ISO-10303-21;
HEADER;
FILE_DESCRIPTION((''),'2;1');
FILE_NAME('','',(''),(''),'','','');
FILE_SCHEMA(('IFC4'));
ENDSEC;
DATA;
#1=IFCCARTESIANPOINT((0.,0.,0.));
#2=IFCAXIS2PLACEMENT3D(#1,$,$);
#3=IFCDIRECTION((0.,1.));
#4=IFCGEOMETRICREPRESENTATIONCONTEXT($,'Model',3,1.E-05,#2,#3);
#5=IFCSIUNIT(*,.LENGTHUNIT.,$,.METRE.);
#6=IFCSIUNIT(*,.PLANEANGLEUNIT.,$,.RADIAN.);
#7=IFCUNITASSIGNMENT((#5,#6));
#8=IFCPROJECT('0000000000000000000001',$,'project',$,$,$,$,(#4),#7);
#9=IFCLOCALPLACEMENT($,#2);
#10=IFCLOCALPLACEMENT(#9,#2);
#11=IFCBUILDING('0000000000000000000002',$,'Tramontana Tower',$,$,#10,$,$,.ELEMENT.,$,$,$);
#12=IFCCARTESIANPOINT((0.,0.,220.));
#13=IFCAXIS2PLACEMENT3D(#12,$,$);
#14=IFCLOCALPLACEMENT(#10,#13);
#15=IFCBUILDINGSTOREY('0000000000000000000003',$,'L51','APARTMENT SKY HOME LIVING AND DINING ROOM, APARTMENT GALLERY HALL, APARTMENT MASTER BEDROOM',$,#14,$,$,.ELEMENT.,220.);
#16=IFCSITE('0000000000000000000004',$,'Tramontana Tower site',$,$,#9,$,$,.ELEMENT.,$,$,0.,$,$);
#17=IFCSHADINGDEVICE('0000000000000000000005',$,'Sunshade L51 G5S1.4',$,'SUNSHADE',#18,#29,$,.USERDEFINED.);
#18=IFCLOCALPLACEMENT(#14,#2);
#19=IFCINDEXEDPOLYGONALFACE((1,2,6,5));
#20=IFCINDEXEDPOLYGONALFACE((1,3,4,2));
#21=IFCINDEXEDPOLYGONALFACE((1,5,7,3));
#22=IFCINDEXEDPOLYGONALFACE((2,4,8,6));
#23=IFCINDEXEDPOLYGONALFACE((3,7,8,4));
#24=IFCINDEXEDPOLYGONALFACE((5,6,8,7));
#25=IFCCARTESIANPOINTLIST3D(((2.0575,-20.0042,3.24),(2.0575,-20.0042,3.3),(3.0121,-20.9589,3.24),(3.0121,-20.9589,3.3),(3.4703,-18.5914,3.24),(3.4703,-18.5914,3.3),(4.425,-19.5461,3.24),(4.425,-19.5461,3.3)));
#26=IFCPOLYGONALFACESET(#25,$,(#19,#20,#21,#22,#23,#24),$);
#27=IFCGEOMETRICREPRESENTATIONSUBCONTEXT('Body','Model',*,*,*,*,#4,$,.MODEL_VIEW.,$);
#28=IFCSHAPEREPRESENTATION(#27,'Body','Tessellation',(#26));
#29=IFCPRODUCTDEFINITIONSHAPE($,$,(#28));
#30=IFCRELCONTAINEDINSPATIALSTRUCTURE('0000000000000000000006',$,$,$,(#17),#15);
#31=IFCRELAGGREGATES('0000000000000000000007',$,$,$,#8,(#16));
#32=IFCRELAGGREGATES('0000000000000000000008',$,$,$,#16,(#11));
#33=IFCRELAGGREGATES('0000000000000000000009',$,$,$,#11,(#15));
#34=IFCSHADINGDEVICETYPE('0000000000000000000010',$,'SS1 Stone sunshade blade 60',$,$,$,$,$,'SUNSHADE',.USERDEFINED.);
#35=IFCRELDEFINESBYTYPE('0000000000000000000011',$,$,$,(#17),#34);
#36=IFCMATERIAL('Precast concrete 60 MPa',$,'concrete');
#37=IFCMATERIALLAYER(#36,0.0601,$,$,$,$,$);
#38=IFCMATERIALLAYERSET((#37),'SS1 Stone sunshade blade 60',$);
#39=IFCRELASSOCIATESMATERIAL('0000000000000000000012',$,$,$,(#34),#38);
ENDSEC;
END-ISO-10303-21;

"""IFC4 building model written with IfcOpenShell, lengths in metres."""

from ifc_helpers import new_model, si_unit, direction, frame, origin, origin_2d, place, context, subcontext, project, spatial, rectangle, extrude, material, layer, layer_set, type_object, element, save


model = new_model("IFC4")

# Units and contexts
model_context = context("Model", 3, precision=1e-05, world=origin(), true_north=direction((0.0, 1.0)))
body_context = subcontext(model_context, "Body", "Model", "MODEL_VIEW")
ifc_project = project(units=[si_unit("LENGTHUNIT", "METRE"), si_unit("PLANEANGLEUNIT", "RADIAN")], contexts=[model_context])

# Site, building, storey
site_placement = place(None, origin())
site = spatial("IfcSite", under=ifc_project, at=site_placement, Name="Tramontana Tower site", CompositionType="ELEMENT", RefElevation=0.0)
building_placement = place(site_placement, origin())
building = spatial("IfcBuilding", under=site, at=building_placement, Name="Tramontana Tower", CompositionType="ELEMENT")
storey_placement = place(building_placement, frame((0.0, 0.0, 220.0)))
storey = spatial("IfcBuildingStorey", under=building, at=storey_placement, Name="L51", Description="APARTMENT SKY HOME LIVING AND DINING ROOM, APARTMENT GALLERY HALL, APARTMENT MASTER BEDROOM", CompositionType="ELEMENT", Elevation=220.0)

# Shading device
ifc_material_1 = material(Name="Precast concrete 60 MPa", Category="concrete")
ifc_layer_1 = layer(ifc_material_1, 0.0601)
ifc_layer_set_1 = layer_set([ifc_layer_1], Name="SS1 Stone sunshade blade 60")
shading_device_type = type_object("IfcShadingDeviceType", Name="SS1 Stone sunshade blade 60", ElementType="SUNSHADE", PredefinedType="USERDEFINED", material=ifc_layer_set_1)
shading_device_placement = place(storey_placement, frame((3.2412, -19.7751, 3.24), z_axis=(0.0, 0.0, 1.0), x_axis=(0.707107, 0.707107, 0.0)))
element("IfcShadingDevice", 1, at=shading_device_placement, inside=storey, type_object=shading_device_type, Name="Sunshade L51 G5S1.4", ObjectType="SUNSHADE", PredefinedType="USERDEFINED", context=body_context, shape_type="SweptSolid", body=[
    extrude(rectangle(XDim=1.998, YDim=1.3501, at=origin_2d()), origin(), (0.0, 0.0, 1.0), 0.0601),
])

save(model, "model.ifc")
